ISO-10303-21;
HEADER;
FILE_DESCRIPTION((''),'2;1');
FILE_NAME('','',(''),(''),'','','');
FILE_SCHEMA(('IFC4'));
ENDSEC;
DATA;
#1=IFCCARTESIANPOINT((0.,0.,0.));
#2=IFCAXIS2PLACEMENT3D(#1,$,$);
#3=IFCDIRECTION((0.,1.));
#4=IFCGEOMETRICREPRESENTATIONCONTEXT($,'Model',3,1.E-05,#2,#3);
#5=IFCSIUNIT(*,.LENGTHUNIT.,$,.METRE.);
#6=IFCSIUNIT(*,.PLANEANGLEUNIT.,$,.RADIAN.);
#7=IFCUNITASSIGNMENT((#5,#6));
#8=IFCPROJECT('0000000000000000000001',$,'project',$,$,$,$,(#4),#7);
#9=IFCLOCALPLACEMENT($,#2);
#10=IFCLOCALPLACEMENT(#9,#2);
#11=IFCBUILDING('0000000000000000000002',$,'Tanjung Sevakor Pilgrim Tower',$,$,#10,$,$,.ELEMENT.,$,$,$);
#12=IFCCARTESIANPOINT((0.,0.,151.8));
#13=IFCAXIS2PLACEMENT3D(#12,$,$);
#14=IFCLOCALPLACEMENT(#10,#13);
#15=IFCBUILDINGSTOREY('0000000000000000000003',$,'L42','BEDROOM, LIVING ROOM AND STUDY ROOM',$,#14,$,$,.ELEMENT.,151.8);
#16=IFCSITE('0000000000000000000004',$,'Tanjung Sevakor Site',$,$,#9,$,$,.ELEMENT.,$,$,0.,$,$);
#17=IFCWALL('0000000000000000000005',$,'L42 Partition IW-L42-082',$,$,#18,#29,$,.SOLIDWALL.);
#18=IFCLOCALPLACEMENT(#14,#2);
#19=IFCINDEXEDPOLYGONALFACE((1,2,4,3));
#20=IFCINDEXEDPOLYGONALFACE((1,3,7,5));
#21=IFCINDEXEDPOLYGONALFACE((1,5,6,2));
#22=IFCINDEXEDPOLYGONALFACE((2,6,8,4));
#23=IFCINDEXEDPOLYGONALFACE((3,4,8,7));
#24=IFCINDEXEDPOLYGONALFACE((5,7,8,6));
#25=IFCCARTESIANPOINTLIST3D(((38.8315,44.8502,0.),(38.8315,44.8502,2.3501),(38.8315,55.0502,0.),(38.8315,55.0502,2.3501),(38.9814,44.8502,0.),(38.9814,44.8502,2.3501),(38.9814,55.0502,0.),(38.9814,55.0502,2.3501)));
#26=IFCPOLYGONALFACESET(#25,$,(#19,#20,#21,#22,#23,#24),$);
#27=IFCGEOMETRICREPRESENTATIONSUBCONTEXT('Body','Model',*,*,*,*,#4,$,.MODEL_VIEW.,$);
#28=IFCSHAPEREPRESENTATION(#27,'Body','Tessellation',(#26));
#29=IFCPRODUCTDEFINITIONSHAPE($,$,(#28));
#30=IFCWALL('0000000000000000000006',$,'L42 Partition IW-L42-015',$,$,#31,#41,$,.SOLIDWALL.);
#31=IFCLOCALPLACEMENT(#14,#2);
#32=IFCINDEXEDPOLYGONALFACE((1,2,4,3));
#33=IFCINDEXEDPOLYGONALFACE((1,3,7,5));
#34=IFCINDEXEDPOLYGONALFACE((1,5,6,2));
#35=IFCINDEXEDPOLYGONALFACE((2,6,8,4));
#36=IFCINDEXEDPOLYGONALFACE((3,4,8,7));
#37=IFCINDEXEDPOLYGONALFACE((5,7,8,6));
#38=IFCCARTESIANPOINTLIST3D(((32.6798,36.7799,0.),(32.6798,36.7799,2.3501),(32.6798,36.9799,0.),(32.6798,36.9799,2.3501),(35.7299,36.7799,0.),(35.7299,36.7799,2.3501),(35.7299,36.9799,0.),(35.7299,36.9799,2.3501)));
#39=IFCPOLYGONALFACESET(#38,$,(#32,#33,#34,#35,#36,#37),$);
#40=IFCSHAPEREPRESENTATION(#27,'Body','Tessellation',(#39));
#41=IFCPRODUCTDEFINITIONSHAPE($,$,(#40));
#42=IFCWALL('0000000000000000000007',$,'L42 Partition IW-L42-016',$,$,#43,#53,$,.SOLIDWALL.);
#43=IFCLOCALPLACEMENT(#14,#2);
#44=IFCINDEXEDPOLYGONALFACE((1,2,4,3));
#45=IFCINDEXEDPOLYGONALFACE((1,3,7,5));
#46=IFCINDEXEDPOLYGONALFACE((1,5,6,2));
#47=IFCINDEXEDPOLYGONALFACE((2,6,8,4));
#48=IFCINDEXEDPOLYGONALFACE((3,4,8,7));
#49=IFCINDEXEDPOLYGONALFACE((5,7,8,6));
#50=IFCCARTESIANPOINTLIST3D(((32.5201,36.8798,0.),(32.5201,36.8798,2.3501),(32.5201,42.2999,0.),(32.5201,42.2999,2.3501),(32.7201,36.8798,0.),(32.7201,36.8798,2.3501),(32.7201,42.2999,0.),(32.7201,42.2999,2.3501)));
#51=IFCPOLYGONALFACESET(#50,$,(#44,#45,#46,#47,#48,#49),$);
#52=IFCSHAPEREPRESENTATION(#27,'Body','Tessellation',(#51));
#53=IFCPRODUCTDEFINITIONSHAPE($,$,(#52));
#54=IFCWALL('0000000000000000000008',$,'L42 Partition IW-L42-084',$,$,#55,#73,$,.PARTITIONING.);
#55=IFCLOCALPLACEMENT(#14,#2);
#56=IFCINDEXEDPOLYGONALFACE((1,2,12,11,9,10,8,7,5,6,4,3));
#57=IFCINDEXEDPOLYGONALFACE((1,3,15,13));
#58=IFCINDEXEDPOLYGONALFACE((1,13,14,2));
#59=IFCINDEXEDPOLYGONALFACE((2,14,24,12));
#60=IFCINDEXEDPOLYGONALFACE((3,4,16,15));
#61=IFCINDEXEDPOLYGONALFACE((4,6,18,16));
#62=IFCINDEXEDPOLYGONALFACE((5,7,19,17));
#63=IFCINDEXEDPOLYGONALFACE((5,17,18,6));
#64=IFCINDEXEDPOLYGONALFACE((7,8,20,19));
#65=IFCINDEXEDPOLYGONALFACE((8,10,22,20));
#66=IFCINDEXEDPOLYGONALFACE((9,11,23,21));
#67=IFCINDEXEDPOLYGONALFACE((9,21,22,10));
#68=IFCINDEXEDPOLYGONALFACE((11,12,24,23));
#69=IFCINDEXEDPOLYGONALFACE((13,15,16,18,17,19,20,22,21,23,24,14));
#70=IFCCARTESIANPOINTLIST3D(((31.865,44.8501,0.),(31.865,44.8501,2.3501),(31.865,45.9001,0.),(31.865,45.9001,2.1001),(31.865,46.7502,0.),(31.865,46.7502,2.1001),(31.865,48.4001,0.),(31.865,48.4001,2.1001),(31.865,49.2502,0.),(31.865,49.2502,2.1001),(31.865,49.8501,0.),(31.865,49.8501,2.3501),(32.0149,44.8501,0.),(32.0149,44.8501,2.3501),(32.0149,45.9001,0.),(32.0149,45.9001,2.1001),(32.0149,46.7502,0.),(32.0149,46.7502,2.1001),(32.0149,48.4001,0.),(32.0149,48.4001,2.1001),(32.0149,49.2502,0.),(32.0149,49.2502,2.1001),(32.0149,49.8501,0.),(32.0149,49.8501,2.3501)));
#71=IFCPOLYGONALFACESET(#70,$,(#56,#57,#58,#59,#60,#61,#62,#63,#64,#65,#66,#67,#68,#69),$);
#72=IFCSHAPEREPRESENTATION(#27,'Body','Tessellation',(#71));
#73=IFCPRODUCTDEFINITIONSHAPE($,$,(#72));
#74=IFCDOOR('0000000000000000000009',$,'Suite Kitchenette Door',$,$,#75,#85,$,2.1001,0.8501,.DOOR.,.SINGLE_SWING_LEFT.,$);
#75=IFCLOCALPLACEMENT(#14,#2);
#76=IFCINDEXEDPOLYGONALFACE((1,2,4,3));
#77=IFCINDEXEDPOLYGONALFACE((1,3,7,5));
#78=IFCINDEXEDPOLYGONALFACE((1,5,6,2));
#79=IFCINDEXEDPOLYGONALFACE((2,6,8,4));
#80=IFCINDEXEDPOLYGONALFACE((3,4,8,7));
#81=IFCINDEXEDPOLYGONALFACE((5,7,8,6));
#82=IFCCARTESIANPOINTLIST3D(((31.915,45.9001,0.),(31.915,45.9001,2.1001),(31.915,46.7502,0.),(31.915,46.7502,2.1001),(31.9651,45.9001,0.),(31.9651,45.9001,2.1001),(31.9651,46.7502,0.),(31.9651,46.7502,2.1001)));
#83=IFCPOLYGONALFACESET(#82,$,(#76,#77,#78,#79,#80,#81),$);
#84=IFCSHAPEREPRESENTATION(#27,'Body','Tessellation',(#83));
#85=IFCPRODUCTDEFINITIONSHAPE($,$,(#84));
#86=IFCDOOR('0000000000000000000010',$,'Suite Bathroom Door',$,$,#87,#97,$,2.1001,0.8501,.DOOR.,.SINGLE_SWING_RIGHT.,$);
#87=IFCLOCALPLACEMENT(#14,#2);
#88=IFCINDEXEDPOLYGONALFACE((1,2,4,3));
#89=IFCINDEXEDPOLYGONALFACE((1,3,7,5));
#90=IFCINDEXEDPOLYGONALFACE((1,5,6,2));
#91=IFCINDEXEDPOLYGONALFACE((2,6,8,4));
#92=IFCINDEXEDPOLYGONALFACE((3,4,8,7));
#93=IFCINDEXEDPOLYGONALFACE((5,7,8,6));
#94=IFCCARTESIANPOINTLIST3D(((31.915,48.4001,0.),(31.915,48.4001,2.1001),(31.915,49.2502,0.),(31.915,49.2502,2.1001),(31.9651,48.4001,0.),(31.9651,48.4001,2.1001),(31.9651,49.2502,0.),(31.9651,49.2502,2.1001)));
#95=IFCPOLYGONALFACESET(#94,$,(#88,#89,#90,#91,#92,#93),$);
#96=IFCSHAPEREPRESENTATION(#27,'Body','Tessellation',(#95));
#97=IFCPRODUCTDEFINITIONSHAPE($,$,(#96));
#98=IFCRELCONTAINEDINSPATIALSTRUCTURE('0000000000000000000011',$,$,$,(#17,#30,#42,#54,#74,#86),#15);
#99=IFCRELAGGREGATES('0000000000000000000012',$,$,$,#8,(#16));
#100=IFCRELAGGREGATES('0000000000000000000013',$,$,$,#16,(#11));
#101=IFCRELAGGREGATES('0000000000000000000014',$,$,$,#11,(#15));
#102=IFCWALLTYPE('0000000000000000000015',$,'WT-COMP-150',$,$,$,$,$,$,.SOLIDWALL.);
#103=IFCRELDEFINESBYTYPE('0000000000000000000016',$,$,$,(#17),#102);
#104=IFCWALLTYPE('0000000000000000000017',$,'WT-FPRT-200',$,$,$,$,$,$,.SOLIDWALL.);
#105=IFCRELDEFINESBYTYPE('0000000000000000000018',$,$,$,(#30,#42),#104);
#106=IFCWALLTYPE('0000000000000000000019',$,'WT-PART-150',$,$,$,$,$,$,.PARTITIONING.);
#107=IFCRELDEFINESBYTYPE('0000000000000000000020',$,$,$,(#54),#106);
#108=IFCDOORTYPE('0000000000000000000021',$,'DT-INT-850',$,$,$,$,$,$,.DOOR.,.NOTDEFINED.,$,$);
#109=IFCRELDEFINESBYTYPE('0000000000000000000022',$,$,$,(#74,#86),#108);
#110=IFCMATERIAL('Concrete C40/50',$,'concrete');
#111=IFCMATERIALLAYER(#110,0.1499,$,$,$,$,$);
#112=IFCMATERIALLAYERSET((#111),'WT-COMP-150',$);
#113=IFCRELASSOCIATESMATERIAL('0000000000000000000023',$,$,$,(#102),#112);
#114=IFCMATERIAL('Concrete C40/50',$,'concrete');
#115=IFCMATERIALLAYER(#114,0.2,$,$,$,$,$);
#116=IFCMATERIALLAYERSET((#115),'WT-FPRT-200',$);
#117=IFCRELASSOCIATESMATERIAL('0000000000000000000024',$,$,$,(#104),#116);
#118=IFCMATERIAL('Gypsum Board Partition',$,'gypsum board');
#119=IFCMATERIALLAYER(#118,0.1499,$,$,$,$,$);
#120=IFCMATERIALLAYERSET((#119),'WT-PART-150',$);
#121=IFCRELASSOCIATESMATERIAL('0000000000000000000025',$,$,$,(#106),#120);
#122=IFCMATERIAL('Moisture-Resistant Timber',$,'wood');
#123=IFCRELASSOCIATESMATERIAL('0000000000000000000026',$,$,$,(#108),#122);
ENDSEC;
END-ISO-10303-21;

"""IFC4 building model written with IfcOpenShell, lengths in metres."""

from ifc_helpers import new_model, si_unit, direction, frame, frame_2d, origin, place, context, subcontext, project, spatial, rectangle, extrude, material, layer, layer_set, type_object, element, fill, save


model = new_model("IFC4")

# Units and contexts
model_context = context("Model", 3, precision=1e-05, world=origin(), true_north=direction((0.0, 1.0)))
body_context = subcontext(model_context, "Body", "Model", "MODEL_VIEW")
ifc_project = project(units=[si_unit("LENGTHUNIT", "METRE"), si_unit("PLANEANGLEUNIT", "RADIAN")], contexts=[model_context])

# Site, building, storey
site_placement = place(None, origin())
site = spatial("IfcSite", under=ifc_project, at=site_placement, Name="Tanjung Sevakor Site", CompositionType="ELEMENT", RefElevation=0.0)
building_placement = place(site_placement, origin())
building = spatial("IfcBuilding", under=site, at=building_placement, Name="Tanjung Sevakor Pilgrim Tower", CompositionType="ELEMENT")
storey_placement = place(building_placement, frame((0.0, 0.0, 151.8)))
storey = spatial("IfcBuildingStorey", under=building, at=storey_placement, Name="L42", Description="BEDROOM, LIVING ROOM AND STUDY ROOM", CompositionType="ELEMENT", Elevation=151.8)

# Shared definitions
ifc_material_1 = material(Name="Concrete C40/50", Category="concrete")
ifc_layer_1 = layer(ifc_material_1, 0.1499)
ifc_layer_set_1 = layer_set([ifc_layer_1], Name="WT-COMP-150")
wall_type_1 = type_object("IfcWallType", Name="WT-COMP-150", PredefinedType="SOLIDWALL", material=ifc_layer_set_1)

# Wall
wall_1_placement = place(storey_placement, frame((38.9065, 44.8501, 0.0), z_axis=(0.0, 0.0, 1.0), x_axis=(0.0, 1.0, 0.0)))
element("IfcWall", 1, at=wall_1_placement, inside=storey, type_object=wall_type_1, Name="L42 Partition IW-L42-082", PredefinedType="SOLIDWALL", context=body_context, shape_type="SweptSolid", body=[
    extrude(rectangle(XDim=10.2, YDim=0.1499, at=frame_2d((5.1001, 0.0))), origin(), (0.0, 0.0, 1.0), 2.3501),
])

# Walls
ifc_material_2 = material(Name="Concrete C40/50", Category="concrete")
ifc_layer_2 = layer(ifc_material_2, 0.2)
ifc_layer_set_2 = layer_set([ifc_layer_2], Name="WT-FPRT-200")
wall_type_2 = type_object("IfcWallType", Name="WT-FPRT-200", PredefinedType="SOLIDWALL", material=ifc_layer_set_2)
wall_2_placement = place(storey_placement, frame((32.6799, 36.8799, 0.0), z_axis=(0.0, 0.0, 1.0), x_axis=(1.0, 0.0, 0.0)))
element("IfcWall", 2, at=wall_2_placement, inside=storey, type_object=wall_type_2, Name="L42 Partition IW-L42-015", PredefinedType="SOLIDWALL", context=body_context, shape_type="SweptSolid", body=[
    extrude(rectangle(XDim=3.05, YDim=0.2, at=frame_2d((1.5249, 0.0))), origin(), (0.0, 0.0, 1.0), 2.3501),
])
wall_3_placement = place(storey_placement, frame((32.6201, 36.8799, 0.0), z_axis=(0.0, 0.0, 1.0), x_axis=(0.0, 1.0, 0.0)))
element("IfcWall", 3, at=wall_3_placement, inside=storey, type_object=wall_type_2, Name="L42 Partition IW-L42-016", PredefinedType="SOLIDWALL", context=body_context, shape_type="SweptSolid", body=[
    extrude(rectangle(XDim=5.4202, YDim=0.2, at=frame_2d((2.71, 0.0))), origin(), (0.0, 0.0, 1.0), 2.3501),
])

# Wall, openings, doors
ifc_material_3 = material(Name="Gypsum Board Partition", Category="gypsum board")
ifc_layer_3 = layer(ifc_material_3, 0.1499)
ifc_layer_set_3 = layer_set([ifc_layer_3], Name="WT-PART-150")
wall_type_3 = type_object("IfcWallType", Name="WT-PART-150", PredefinedType="PARTITIONING", material=ifc_layer_set_3)
wall_4_placement = place(storey_placement, frame((31.9399, 44.8501, 0.0), z_axis=(0.0, 0.0, 1.0), x_axis=(0.0, 1.0, 0.0)))
wall_4 = element("IfcWall", 4, at=wall_4_placement, inside=storey, type_object=wall_type_3, Name="L42 Partition IW-L42-084", PredefinedType="PARTITIONING", context=body_context, shape_type="SweptSolid", body=[
    extrude(rectangle(XDim=5.0, YDim=0.1499, at=frame_2d((2.5, 0.0))), origin(), (0.0, 0.0, 1.0), 2.3501),
])
opening_1_placement = place(wall_4_placement, frame((1.05, 0.0, 0.0)))
opening_1 = element("IfcOpeningElement", 5, at=opening_1_placement, cuts=wall_4, PredefinedType="OPENING", context=body_context, shape_type="SweptSolid", body=[
    extrude(rectangle(XDim=0.8501, YDim=2.1001, at=frame_2d((0.425, 1.05))), frame((0.0, 0.085, 0.0), z_axis=(0.0, -1.0, 0.0), x_axis=(1.0, 0.0, 0.0)), (0.0, 0.0, 1.0), 0.1699),
])
opening_2_placement = place(wall_4_placement, frame((3.55, 0.0, 0.0)))
opening_2 = element("IfcOpeningElement", 6, at=opening_2_placement, cuts=wall_4, PredefinedType="OPENING", context=body_context, shape_type="SweptSolid", body=[
    extrude(rectangle(XDim=0.8501, YDim=2.1001, at=frame_2d((0.425, 1.05))), frame((0.0, 0.085, 0.0), z_axis=(0.0, -1.0, 0.0), x_axis=(1.0, 0.0, 0.0)), (0.0, 0.0, 1.0), 0.1699),
])
ifc_material_4 = material(Name="Moisture-Resistant Timber", Category="wood")
door_type_1 = type_object("IfcDoorType", Name="DT-INT-850", OperationType="NOTDEFINED", PredefinedType="DOOR", material=ifc_material_4)
door_1_placement = place(opening_1_placement, origin())
door_1 = element("IfcDoor", 7, at=door_1_placement, inside=storey, type_object=door_type_1, Name="Suite Kitchenette Door", OperationType="SINGLE_SWING_LEFT", OverallHeight=2.1001, OverallWidth=0.8501, PredefinedType="DOOR", context=body_context, shape_type="SweptSolid", body=[
    extrude(rectangle(XDim=0.8501, YDim=2.1001, at=frame_2d((0.425, 1.05))), frame((0.0, 0.0249, 0.0), z_axis=(0.0, -1.0, 0.0), x_axis=(1.0, 0.0, 0.0)), (0.0, 0.0, 1.0), 0.05),
])
fill(opening_1, door_1)
door_2_placement = place(opening_2_placement, origin())
door_2 = element("IfcDoor", 8, at=door_2_placement, inside=storey, type_object=door_type_1, Name="Suite Bathroom Door", OperationType="SINGLE_SWING_RIGHT", OverallHeight=2.1001, OverallWidth=0.8501, PredefinedType="DOOR", context=body_context, shape_type="SweptSolid", body=[
    extrude(rectangle(XDim=0.8501, YDim=2.1001, at=frame_2d((0.425, 1.05))), frame((0.0, 0.0249, 0.0), z_axis=(0.0, -1.0, 0.0), x_axis=(1.0, 0.0, 0.0)), (0.0, 0.0, 1.0), 0.05),
])
fill(opening_2, door_2)

save(model, "model.ifc")
